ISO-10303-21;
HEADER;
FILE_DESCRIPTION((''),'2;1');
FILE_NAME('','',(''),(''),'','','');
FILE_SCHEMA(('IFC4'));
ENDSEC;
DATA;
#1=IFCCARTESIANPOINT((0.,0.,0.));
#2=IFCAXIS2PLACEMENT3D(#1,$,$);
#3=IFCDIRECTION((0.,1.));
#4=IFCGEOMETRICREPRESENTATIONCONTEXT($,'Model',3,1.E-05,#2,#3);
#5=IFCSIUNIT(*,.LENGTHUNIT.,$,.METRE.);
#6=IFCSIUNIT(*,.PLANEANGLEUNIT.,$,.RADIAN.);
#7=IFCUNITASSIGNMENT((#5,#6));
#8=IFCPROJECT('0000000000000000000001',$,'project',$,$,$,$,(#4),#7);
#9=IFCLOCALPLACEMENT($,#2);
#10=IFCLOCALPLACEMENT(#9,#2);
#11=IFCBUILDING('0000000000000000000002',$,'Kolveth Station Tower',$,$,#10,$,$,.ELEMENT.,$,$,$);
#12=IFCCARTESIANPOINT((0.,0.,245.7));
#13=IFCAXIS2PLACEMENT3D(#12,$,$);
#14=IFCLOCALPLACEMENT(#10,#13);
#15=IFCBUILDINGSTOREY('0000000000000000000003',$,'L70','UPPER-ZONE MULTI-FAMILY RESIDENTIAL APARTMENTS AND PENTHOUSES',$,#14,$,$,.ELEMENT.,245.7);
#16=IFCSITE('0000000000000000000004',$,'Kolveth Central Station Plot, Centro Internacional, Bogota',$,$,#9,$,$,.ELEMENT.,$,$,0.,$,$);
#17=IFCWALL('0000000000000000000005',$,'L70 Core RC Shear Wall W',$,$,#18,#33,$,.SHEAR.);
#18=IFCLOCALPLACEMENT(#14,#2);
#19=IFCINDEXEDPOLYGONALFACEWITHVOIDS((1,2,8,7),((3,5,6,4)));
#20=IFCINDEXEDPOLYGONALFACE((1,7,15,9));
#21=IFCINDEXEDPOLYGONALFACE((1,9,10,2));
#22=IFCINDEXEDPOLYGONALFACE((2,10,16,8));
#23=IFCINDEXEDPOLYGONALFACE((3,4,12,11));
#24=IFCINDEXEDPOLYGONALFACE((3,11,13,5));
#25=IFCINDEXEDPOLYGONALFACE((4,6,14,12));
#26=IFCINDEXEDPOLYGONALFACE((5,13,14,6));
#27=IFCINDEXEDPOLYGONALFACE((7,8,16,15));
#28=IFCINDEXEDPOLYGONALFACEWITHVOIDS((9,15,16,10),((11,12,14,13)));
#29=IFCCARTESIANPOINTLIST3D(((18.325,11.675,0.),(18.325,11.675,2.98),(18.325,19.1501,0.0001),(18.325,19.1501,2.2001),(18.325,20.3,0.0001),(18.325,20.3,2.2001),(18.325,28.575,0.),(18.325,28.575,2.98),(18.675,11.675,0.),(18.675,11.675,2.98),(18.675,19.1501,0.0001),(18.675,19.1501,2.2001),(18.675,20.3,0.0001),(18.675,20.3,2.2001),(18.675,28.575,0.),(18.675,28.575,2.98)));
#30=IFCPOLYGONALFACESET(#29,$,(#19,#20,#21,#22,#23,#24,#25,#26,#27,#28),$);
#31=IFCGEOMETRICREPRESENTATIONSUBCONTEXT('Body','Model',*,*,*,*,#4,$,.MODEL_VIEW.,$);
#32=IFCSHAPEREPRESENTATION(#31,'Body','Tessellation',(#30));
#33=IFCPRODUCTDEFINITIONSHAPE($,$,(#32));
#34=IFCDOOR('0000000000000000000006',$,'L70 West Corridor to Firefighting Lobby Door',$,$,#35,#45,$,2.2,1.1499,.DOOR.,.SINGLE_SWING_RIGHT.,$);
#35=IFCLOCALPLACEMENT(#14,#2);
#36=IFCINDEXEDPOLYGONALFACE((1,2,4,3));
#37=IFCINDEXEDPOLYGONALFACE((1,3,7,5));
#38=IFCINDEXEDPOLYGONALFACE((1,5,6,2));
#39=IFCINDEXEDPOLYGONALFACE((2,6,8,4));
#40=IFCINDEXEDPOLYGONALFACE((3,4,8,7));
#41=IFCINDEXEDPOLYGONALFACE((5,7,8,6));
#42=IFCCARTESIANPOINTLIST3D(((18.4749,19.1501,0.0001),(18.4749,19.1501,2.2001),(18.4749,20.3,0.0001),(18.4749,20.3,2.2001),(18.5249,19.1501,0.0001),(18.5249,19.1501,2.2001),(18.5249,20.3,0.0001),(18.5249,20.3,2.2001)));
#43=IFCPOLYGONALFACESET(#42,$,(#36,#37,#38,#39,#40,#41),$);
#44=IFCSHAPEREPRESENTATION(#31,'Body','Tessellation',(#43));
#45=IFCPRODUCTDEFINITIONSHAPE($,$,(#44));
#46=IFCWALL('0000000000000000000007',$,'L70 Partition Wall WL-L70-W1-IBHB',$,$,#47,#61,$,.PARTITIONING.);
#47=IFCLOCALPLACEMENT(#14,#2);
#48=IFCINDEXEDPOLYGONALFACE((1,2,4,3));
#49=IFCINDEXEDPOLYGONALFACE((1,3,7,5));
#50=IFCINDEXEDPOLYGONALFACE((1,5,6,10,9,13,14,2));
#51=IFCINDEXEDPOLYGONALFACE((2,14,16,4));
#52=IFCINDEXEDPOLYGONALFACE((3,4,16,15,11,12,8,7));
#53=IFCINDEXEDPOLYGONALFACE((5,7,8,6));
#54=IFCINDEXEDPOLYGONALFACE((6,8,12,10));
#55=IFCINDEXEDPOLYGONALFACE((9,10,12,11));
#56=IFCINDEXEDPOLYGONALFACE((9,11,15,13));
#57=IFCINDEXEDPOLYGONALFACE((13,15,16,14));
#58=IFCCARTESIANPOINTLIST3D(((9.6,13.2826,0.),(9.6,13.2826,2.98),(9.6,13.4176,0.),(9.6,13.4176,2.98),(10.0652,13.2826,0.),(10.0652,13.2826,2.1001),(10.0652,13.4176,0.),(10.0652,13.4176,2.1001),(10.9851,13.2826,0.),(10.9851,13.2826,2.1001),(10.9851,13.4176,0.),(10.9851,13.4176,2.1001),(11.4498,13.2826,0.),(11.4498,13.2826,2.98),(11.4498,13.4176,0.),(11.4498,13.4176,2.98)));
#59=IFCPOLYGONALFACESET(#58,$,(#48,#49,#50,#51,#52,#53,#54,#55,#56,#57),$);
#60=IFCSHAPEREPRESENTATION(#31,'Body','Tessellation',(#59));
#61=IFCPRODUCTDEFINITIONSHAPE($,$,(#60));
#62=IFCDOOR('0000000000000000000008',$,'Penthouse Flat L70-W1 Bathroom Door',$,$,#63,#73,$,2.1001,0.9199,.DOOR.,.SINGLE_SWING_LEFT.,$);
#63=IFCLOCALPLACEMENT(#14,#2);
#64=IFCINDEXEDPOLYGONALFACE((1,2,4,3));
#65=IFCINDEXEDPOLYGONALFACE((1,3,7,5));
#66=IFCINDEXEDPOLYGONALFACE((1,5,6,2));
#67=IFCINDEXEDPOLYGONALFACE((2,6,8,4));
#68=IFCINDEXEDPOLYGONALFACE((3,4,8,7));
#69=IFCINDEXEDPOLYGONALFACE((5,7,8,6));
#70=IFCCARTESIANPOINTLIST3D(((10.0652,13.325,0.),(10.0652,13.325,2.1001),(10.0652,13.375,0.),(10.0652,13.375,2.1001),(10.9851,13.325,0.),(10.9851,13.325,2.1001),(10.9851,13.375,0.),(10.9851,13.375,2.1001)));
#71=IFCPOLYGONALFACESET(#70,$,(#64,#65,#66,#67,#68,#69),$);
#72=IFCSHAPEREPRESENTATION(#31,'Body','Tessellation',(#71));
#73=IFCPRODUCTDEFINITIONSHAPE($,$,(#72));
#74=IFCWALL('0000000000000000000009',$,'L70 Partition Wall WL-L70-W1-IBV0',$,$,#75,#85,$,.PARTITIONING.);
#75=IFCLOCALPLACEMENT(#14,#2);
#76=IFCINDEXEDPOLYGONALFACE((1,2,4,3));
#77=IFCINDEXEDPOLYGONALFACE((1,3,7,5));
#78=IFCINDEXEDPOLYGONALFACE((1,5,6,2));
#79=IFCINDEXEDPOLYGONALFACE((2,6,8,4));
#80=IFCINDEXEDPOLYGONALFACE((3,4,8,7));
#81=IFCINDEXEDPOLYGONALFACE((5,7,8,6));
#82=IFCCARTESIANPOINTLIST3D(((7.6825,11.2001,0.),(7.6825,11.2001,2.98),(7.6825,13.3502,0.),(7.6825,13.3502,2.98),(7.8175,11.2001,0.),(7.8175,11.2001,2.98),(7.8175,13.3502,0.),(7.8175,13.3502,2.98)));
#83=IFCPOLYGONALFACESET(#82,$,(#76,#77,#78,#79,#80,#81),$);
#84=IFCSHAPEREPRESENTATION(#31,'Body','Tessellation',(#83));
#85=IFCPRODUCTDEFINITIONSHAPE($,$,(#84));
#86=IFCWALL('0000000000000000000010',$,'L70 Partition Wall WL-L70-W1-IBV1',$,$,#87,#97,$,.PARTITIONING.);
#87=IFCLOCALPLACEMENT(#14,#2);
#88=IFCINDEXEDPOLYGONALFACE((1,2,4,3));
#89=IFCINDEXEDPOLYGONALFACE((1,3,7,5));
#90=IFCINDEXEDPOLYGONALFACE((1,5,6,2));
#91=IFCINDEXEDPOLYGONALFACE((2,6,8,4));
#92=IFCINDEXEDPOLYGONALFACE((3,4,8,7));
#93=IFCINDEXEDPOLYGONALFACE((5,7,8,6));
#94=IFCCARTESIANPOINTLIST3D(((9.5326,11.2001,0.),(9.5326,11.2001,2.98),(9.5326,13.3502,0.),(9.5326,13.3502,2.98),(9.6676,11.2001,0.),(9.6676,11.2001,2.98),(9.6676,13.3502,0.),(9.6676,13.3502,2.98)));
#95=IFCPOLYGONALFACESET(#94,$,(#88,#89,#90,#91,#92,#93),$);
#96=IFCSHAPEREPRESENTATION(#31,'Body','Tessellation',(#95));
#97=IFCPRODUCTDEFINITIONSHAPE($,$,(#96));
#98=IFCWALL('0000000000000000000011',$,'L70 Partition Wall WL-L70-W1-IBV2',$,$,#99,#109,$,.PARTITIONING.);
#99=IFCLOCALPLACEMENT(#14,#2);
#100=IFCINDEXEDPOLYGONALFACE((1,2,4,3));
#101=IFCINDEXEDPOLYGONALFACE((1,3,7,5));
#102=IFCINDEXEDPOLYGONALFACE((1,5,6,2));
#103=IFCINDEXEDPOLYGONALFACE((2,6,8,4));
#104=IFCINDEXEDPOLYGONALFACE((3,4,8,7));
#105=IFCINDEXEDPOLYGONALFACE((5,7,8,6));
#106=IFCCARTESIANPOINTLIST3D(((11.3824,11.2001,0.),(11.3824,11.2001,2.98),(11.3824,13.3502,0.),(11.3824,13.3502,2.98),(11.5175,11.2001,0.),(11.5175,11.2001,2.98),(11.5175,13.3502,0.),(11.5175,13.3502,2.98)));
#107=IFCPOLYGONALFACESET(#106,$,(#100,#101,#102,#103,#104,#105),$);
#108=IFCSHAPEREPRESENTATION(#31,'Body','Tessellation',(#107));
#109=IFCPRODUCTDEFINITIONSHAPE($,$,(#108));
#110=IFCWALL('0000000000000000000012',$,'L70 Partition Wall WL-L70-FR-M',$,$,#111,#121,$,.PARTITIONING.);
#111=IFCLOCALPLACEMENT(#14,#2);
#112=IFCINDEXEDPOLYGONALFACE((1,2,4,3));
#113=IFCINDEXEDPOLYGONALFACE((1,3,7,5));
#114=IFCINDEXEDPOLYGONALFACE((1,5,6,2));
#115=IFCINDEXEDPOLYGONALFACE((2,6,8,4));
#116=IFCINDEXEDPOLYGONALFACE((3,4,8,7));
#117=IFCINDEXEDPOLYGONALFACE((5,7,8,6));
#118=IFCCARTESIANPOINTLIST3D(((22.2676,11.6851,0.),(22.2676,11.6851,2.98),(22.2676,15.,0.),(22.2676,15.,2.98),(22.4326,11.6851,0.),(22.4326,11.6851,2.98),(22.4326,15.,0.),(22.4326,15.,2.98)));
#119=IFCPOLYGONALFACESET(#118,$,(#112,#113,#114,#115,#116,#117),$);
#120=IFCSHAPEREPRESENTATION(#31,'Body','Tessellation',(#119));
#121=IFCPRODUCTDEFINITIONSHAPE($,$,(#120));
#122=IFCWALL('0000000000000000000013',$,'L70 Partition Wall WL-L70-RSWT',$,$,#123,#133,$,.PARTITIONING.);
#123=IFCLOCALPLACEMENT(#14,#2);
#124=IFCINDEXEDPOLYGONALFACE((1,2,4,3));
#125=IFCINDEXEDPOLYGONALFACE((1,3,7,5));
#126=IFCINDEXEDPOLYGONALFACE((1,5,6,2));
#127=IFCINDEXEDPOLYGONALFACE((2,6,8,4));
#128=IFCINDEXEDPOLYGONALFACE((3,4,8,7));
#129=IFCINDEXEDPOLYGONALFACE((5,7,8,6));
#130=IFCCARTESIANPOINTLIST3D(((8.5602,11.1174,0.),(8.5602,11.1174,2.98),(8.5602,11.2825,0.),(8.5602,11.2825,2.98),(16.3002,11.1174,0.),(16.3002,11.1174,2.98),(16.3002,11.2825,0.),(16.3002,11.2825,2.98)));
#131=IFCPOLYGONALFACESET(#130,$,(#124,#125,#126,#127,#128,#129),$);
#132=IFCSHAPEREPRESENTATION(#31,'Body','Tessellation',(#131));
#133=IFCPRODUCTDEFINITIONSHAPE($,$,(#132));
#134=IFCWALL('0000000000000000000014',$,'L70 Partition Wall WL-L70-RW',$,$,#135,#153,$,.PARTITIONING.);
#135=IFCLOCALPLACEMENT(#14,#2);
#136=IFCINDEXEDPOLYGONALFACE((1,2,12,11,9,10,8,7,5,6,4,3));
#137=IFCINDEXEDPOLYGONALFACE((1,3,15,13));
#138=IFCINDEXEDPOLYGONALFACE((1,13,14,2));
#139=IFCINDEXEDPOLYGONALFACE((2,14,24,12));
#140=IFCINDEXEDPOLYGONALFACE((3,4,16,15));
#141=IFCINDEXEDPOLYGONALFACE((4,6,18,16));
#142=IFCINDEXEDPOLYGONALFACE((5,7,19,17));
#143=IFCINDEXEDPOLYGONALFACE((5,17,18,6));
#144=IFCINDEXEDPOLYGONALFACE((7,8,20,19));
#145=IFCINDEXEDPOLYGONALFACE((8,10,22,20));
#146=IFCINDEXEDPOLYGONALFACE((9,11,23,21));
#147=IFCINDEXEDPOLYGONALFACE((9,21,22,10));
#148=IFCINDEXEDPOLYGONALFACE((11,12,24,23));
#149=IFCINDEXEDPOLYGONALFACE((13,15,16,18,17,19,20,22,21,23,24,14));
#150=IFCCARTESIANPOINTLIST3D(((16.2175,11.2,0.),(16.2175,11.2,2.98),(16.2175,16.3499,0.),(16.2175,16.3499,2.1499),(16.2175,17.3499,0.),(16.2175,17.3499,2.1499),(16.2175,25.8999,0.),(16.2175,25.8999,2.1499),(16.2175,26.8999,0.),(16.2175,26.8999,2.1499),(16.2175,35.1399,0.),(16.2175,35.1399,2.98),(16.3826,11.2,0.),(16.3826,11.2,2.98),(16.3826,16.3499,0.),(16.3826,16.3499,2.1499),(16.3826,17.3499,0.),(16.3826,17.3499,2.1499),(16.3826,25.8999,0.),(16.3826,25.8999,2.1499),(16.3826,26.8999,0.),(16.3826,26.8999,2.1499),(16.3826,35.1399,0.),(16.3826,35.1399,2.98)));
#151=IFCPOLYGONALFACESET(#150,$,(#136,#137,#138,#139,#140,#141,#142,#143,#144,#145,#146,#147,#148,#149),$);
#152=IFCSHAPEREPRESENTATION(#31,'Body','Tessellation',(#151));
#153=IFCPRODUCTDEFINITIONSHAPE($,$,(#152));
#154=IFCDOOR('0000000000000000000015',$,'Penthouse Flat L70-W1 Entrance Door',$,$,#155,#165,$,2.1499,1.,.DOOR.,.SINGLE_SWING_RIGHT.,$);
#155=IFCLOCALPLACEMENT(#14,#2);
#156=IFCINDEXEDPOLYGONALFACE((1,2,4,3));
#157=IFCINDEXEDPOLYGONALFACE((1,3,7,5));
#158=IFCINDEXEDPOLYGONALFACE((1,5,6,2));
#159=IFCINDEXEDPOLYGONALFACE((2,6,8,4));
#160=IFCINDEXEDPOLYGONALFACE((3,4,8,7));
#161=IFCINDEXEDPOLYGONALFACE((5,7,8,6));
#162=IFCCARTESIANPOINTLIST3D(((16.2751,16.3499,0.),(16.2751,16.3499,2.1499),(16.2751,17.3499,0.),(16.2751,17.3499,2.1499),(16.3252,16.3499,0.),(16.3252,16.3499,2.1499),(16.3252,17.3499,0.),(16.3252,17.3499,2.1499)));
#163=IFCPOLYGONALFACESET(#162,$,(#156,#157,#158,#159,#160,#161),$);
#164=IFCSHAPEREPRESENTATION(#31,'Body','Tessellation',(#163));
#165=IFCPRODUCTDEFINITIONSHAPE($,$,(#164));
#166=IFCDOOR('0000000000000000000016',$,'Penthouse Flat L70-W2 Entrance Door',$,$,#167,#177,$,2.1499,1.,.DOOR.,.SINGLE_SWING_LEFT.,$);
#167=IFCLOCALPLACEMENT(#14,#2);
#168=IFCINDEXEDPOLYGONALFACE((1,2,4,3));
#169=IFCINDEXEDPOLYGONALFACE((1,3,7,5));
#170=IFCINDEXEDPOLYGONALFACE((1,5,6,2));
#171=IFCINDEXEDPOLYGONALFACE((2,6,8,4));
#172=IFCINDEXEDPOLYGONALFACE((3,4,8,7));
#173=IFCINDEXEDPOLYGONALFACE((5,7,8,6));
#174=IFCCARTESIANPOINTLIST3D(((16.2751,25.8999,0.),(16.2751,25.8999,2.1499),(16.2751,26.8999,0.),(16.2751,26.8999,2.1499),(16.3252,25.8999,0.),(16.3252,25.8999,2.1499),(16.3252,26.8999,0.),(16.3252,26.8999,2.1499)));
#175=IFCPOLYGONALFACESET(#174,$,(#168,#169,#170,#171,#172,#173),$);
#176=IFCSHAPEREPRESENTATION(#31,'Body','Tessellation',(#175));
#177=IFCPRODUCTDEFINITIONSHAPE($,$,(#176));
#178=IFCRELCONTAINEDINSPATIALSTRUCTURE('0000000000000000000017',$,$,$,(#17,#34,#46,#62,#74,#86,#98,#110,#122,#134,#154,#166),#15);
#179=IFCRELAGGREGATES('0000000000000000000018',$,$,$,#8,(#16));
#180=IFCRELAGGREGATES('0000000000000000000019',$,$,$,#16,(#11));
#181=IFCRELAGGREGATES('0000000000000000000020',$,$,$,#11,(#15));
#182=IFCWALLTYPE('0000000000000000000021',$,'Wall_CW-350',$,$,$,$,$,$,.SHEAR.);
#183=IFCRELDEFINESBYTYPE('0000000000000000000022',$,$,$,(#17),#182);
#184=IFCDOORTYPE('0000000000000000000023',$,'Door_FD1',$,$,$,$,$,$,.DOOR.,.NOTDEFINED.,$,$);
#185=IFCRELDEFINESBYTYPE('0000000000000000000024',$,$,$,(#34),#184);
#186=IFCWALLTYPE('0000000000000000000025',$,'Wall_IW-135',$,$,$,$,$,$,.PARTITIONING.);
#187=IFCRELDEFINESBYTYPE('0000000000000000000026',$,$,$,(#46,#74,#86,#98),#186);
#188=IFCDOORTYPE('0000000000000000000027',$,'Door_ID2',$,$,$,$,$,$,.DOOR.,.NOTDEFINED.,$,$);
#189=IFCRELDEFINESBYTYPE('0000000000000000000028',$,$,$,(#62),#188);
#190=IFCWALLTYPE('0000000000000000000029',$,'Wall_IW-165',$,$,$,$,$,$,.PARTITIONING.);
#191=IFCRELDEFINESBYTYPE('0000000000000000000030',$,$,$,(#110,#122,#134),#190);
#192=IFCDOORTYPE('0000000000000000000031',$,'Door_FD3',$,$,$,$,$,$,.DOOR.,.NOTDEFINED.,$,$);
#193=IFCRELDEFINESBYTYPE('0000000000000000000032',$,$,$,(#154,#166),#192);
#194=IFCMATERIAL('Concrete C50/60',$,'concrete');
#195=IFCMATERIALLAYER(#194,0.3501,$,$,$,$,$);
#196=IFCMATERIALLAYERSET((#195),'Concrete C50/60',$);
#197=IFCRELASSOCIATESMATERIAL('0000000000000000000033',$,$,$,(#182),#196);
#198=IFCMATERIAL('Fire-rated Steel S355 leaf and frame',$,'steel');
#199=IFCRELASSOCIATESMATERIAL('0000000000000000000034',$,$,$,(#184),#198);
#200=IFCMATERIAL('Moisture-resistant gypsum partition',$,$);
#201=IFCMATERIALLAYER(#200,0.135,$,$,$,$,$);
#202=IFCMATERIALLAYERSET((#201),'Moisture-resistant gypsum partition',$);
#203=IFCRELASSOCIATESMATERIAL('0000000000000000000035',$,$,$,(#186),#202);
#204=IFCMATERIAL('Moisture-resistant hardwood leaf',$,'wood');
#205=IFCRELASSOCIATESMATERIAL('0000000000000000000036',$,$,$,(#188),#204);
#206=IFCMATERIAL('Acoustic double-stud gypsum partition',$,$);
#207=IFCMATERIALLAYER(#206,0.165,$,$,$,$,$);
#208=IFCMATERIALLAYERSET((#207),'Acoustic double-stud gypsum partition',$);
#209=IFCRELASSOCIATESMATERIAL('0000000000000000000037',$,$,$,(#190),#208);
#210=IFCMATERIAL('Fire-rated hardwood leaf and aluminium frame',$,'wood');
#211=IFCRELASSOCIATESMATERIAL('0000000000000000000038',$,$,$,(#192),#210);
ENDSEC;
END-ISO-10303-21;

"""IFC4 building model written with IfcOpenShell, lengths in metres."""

from ifc_helpers import new_model, si_unit, direction, frame, frame_2d, origin, place, context, subcontext, project, spatial, rectangle, extrude, material, layer, layer_set, type_object, element, fill, save


model = new_model("IFC4")

# Units and contexts
model_context = context("Model", 3, precision=1e-05, world=origin(), true_north=direction((0.0, 1.0)))
body_context = subcontext(model_context, "Body", "Model", "MODEL_VIEW")
ifc_project = project(units=[si_unit("LENGTHUNIT", "METRE"), si_unit("PLANEANGLEUNIT", "RADIAN")], contexts=[model_context])

# Site, building, storey
site_placement = place(None, origin())
site = spatial("IfcSite", under=ifc_project, at=site_placement, Name="Kolveth Central Station Plot, Centro Internacional, Bogota", CompositionType="ELEMENT", RefElevation=0.0)
building_placement = place(site_placement, origin())
building = spatial("IfcBuilding", under=site, at=building_placement, Name="Kolveth Station Tower", CompositionType="ELEMENT")
storey_placement = place(building_placement, frame((0.0, 0.0, 245.7)))
storey = spatial("IfcBuildingStorey", under=building, at=storey_placement, Name="L70", Description="UPPER-ZONE MULTI-FAMILY RESIDENTIAL APARTMENTS AND PENTHOUSES", CompositionType="ELEMENT", Elevation=245.7)

# Shared definitions
ifc_material_1 = material(Name="Concrete C50/60", Category="concrete")
ifc_layer_1 = layer(ifc_material_1, 0.3501)
ifc_layer_set_1 = layer_set([ifc_layer_1], Name="Concrete C50/60")
wall_type_1 = type_object("IfcWallType", Name="Wall_CW-350", PredefinedType="SHEAR", material=ifc_layer_set_1)

# Walls, openings, doors
wall_1_placement = place(storey_placement, frame((18.5, 11.675, 0.0), z_axis=(0.0, 0.0, 1.0), x_axis=(0.0, 1.0, 0.0)))
wall_1 = element("IfcWall", 1, at=wall_1_placement, inside=storey, type_object=wall_type_1, Name="L70 Core RC Shear Wall W", PredefinedType="SHEAR", context=body_context, shape_type="SweptSolid", body=[
    extrude(rectangle(XDim=16.8999, YDim=0.3501, at=frame_2d((8.45, 0.0))), origin(), (0.0, 0.0, 1.0), 2.98),
])
opening_1_placement = place(wall_1_placement, frame((7.4751, 0.0, 0.0)))
opening_1 = element("IfcOpeningElement", 2, at=opening_1_placement, cuts=wall_1, PredefinedType="OPENING", context=body_context, shape_type="SweptSolid", body=[
    extrude(rectangle(XDim=1.1499, YDim=2.2, at=frame_2d((0.575, 1.1001))), frame((0.0, 0.1851, 0.0), z_axis=(0.0, -1.0, 0.0), x_axis=(1.0, 0.0, 0.0)), (0.0, 0.0, 1.0), 0.3701),
])
ifc_material_2 = material(Name="Fire-rated Steel S355 leaf and frame", Category="steel")
door_type_1 = type_object("IfcDoorType", Name="Door_FD1", OperationType="NOTDEFINED", PredefinedType="DOOR", material=ifc_material_2)
door_1_placement = place(opening_1_placement, frame((1.1499, 0.0, 0.0), z_axis=(0.0, 0.0, 1.0), x_axis=(-1.0, 0.0, 0.0)))
door_1 = element("IfcDoor", 3, at=door_1_placement, inside=storey, type_object=door_type_1, Name="L70 West Corridor to Firefighting Lobby Door", OperationType="SINGLE_SWING_RIGHT", OverallHeight=2.2, OverallWidth=1.1499, PredefinedType="DOOR", context=body_context, shape_type="SweptSolid", body=[
    extrude(rectangle(XDim=1.1499, YDim=2.2, at=frame_2d((0.575, 1.1001))), frame((0.0, 0.0249, 0.0), z_axis=(0.0, -1.0, 0.0), x_axis=(1.0, 0.0, 0.0)), (0.0, 0.0, 1.0), 0.05),
])
fill(opening_1, door_1)
ifc_material_3 = material(Name="Moisture-resistant gypsum partition")
ifc_layer_2 = layer(ifc_material_3, 0.135)
ifc_layer_set_2 = layer_set([ifc_layer_2], Name="Moisture-resistant gypsum partition")
wall_type_2 = type_object("IfcWallType", Name="Wall_IW-135", PredefinedType="PARTITIONING", material=ifc_layer_set_2)
wall_2_placement = place(storey_placement, frame((9.6001, 13.3501, 0.0), z_axis=(0.0, 0.0, 1.0), x_axis=(1.0, 0.0, 0.0)))
wall_2 = element("IfcWall", 4, at=wall_2_placement, inside=storey, type_object=wall_type_2, Name="L70 Partition Wall WL-L70-W1-IBHB", PredefinedType="PARTITIONING", context=body_context, shape_type="SweptSolid", body=[
    extrude(rectangle(XDim=1.8499, YDim=0.135, at=frame_2d((0.9248, 0.0))), origin(), (0.0, 0.0, 1.0), 2.98),
])
opening_2_placement = place(wall_2_placement, frame((0.4651, 0.0, 0.0)))
opening_2 = element("IfcOpeningElement", 5, at=opening_2_placement, cuts=wall_2, PredefinedType="OPENING", context=body_context, shape_type="SweptSolid", body=[
    extrude(rectangle(XDim=0.9199, YDim=2.1001, at=frame_2d((0.46, 1.05))), frame((0.0, 0.0774, 0.0), z_axis=(0.0, -1.0, 0.0), x_axis=(1.0, 0.0, 0.0)), (0.0, 0.0, 1.0), 0.155),
])
ifc_material_4 = material(Name="Moisture-resistant hardwood leaf", Category="wood")
door_type_2 = type_object("IfcDoorType", Name="Door_ID2", OperationType="NOTDEFINED", PredefinedType="DOOR", material=ifc_material_4)
door_2_placement = place(opening_2_placement, origin())
door_2 = element("IfcDoor", 6, at=door_2_placement, inside=storey, type_object=door_type_2, Name="Penthouse Flat L70-W1 Bathroom Door", OperationType="SINGLE_SWING_LEFT", OverallHeight=2.1001, OverallWidth=0.9199, PredefinedType="DOOR", context=body_context, shape_type="SweptSolid", body=[
    extrude(rectangle(XDim=0.9199, YDim=2.1001, at=frame_2d((0.46, 1.05))), frame((0.0, 0.0249, 0.0), z_axis=(0.0, -1.0, 0.0), x_axis=(1.0, 0.0, 0.0)), (0.0, 0.0, 1.0), 0.05),
])
fill(opening_2, door_2)

# Walls
for number, where, z_axis, x_axis, name in (
    (7, (7.75, 11.2, 0.0), (0.0, 0.0, 1.0), (0.0, 1.0, 0.0), "L70 Partition Wall WL-L70-W1-IBV0"),
    (8, (9.6001, 11.2, 0.0), (0.0, 0.0, 1.0), (0.0, 1.0, 0.0), "L70 Partition Wall WL-L70-W1-IBV1"),
    (9, (11.45, 11.2, 0.0), (0.0, 0.0, 1.0), (0.0, 1.0, 0.0), "L70 Partition Wall WL-L70-W1-IBV2"),
):
    element("IfcWall", number, at=place(storey_placement, frame(where, z_axis=z_axis, x_axis=x_axis)), inside=storey, type_object=wall_type_2, Name=name, PredefinedType="PARTITIONING", context=body_context, shape_type="SweptSolid", body=[
        extrude(rectangle(XDim=2.1501, YDim=0.135, at=frame_2d((1.0752, 0.0))), origin(), (0.0, 0.0, 1.0), 2.98),
    ])
ifc_material_5 = material(Name="Acoustic double-stud gypsum partition")
ifc_layer_3 = layer(ifc_material_5, 0.165)
ifc_layer_set_3 = layer_set([ifc_layer_3], Name="Acoustic double-stud gypsum partition")
wall_type_3 = type_object("IfcWallType", Name="Wall_IW-165", PredefinedType="PARTITIONING", material=ifc_layer_set_3)
wall_3_placement = place(storey_placement, frame((22.3501, 11.6851, 0.0), z_axis=(0.0, 0.0, 1.0), x_axis=(0.0, 1.0, 0.0)))
element("IfcWall", 10, at=wall_3_placement, inside=storey, type_object=wall_type_3, Name="L70 Partition Wall WL-L70-FR-M", PredefinedType="PARTITIONING", context=body_context, shape_type="SweptSolid", body=[
    extrude(rectangle(XDim=3.3149, YDim=0.165, at=frame_2d((1.6575, 0.0))), origin(), (0.0, 0.0, 1.0), 2.98),
])
wall_4_placement = place(storey_placement, frame((8.5601, 11.2, 0.0), z_axis=(0.0, 0.0, 1.0), x_axis=(1.0, 0.0, 0.0)))
element("IfcWall", 11, at=wall_4_placement, inside=storey, type_object=wall_type_3, Name="L70 Partition Wall WL-L70-RSWT", PredefinedType="PARTITIONING", context=body_context, shape_type="SweptSolid", body=[
    extrude(rectangle(XDim=7.74, YDim=0.165, at=frame_2d((3.8701, 0.0))), origin(), (0.0, 0.0, 1.0), 2.98),
])

# Wall, openings, doors
wall_5_placement = place(storey_placement, frame((16.3, 11.2, 0.0), z_axis=(0.0, 0.0, 1.0), x_axis=(0.0, 1.0, 0.0)))
wall_5 = element("IfcWall", 12, at=wall_5_placement, inside=storey, type_object=wall_type_3, Name="L70 Partition Wall WL-L70-RW", PredefinedType="PARTITIONING", context=body_context, shape_type="SweptSolid", body=[
    extrude(rectangle(XDim=23.9399, YDim=0.165, at=frame_2d((11.97, 0.0))), origin(), (0.0, 0.0, 1.0), 2.98),
])
opening_3_placement = place(wall_5_placement, frame((5.1499, 0.0, 0.0)))
opening_3 = element("IfcOpeningElement", 13, at=opening_3_placement, cuts=wall_5, PredefinedType="OPENING", context=body_context, shape_type="SweptSolid", body=[
    extrude(rectangle(XDim=1.0, YDim=2.1499, at=frame_2d((0.5, 1.075))), frame((0.0, 0.0925, 0.0), z_axis=(0.0, -1.0, 0.0), x_axis=(1.0, 0.0, 0.0)), (0.0, 0.0, 1.0), 0.1851),
])
opening_4_placement = place(wall_5_placement, frame((14.7, 0.0, 0.0)))
opening_4 = element("IfcOpeningElement", 14, at=opening_4_placement, cuts=wall_5, PredefinedType="OPENING", context=body_context, shape_type="SweptSolid", body=[
    extrude(rectangle(XDim=1.0, YDim=2.1499, at=frame_2d((0.5, 1.075))), frame((0.0, 0.0925, 0.0), z_axis=(0.0, -1.0, 0.0), x_axis=(1.0, 0.0, 0.0)), (0.0, 0.0, 1.0), 0.1851),
])
ifc_material_6 = material(Name="Fire-rated hardwood leaf and aluminium frame", Category="wood")
door_type_3 = type_object("IfcDoorType", Name="Door_FD3", OperationType="NOTDEFINED", PredefinedType="DOOR", material=ifc_material_6)
door_3_placement = place(opening_3_placement, origin())
door_3 = element("IfcDoor", 15, at=door_3_placement, inside=storey, type_object=door_type_3, Name="Penthouse Flat L70-W1 Entrance Door", OperationType="SINGLE_SWING_RIGHT", OverallHeight=2.1499, OverallWidth=1.0, PredefinedType="DOOR", context=body_context, shape_type="SweptSolid", body=[
    extrude(rectangle(XDim=1.0, YDim=2.1499, at=frame_2d((0.5, 1.075))), frame((0.0, 0.0249, 0.0), z_axis=(0.0, -1.0, 0.0), x_axis=(1.0, 0.0, 0.0)), (0.0, 0.0, 1.0), 0.05),
])
fill(opening_3, door_3)
door_4_placement = place(opening_4_placement, origin())
door_4 = element("IfcDoor", 16, at=door_4_placement, inside=storey, type_object=door_type_3, Name="Penthouse Flat L70-W2 Entrance Door", OperationType="SINGLE_SWING_LEFT", OverallHeight=2.1499, OverallWidth=1.0, PredefinedType="DOOR", context=body_context, shape_type="SweptSolid", body=[
    extrude(rectangle(XDim=1.0, YDim=2.1499, at=frame_2d((0.5, 1.075))), frame((0.0, 0.0249, 0.0), z_axis=(0.0, -1.0, 0.0), x_axis=(1.0, 0.0, 0.0)), (0.0, 0.0, 1.0), 0.05),
])
fill(opening_4, door_4)

save(model, "model.ifc")
